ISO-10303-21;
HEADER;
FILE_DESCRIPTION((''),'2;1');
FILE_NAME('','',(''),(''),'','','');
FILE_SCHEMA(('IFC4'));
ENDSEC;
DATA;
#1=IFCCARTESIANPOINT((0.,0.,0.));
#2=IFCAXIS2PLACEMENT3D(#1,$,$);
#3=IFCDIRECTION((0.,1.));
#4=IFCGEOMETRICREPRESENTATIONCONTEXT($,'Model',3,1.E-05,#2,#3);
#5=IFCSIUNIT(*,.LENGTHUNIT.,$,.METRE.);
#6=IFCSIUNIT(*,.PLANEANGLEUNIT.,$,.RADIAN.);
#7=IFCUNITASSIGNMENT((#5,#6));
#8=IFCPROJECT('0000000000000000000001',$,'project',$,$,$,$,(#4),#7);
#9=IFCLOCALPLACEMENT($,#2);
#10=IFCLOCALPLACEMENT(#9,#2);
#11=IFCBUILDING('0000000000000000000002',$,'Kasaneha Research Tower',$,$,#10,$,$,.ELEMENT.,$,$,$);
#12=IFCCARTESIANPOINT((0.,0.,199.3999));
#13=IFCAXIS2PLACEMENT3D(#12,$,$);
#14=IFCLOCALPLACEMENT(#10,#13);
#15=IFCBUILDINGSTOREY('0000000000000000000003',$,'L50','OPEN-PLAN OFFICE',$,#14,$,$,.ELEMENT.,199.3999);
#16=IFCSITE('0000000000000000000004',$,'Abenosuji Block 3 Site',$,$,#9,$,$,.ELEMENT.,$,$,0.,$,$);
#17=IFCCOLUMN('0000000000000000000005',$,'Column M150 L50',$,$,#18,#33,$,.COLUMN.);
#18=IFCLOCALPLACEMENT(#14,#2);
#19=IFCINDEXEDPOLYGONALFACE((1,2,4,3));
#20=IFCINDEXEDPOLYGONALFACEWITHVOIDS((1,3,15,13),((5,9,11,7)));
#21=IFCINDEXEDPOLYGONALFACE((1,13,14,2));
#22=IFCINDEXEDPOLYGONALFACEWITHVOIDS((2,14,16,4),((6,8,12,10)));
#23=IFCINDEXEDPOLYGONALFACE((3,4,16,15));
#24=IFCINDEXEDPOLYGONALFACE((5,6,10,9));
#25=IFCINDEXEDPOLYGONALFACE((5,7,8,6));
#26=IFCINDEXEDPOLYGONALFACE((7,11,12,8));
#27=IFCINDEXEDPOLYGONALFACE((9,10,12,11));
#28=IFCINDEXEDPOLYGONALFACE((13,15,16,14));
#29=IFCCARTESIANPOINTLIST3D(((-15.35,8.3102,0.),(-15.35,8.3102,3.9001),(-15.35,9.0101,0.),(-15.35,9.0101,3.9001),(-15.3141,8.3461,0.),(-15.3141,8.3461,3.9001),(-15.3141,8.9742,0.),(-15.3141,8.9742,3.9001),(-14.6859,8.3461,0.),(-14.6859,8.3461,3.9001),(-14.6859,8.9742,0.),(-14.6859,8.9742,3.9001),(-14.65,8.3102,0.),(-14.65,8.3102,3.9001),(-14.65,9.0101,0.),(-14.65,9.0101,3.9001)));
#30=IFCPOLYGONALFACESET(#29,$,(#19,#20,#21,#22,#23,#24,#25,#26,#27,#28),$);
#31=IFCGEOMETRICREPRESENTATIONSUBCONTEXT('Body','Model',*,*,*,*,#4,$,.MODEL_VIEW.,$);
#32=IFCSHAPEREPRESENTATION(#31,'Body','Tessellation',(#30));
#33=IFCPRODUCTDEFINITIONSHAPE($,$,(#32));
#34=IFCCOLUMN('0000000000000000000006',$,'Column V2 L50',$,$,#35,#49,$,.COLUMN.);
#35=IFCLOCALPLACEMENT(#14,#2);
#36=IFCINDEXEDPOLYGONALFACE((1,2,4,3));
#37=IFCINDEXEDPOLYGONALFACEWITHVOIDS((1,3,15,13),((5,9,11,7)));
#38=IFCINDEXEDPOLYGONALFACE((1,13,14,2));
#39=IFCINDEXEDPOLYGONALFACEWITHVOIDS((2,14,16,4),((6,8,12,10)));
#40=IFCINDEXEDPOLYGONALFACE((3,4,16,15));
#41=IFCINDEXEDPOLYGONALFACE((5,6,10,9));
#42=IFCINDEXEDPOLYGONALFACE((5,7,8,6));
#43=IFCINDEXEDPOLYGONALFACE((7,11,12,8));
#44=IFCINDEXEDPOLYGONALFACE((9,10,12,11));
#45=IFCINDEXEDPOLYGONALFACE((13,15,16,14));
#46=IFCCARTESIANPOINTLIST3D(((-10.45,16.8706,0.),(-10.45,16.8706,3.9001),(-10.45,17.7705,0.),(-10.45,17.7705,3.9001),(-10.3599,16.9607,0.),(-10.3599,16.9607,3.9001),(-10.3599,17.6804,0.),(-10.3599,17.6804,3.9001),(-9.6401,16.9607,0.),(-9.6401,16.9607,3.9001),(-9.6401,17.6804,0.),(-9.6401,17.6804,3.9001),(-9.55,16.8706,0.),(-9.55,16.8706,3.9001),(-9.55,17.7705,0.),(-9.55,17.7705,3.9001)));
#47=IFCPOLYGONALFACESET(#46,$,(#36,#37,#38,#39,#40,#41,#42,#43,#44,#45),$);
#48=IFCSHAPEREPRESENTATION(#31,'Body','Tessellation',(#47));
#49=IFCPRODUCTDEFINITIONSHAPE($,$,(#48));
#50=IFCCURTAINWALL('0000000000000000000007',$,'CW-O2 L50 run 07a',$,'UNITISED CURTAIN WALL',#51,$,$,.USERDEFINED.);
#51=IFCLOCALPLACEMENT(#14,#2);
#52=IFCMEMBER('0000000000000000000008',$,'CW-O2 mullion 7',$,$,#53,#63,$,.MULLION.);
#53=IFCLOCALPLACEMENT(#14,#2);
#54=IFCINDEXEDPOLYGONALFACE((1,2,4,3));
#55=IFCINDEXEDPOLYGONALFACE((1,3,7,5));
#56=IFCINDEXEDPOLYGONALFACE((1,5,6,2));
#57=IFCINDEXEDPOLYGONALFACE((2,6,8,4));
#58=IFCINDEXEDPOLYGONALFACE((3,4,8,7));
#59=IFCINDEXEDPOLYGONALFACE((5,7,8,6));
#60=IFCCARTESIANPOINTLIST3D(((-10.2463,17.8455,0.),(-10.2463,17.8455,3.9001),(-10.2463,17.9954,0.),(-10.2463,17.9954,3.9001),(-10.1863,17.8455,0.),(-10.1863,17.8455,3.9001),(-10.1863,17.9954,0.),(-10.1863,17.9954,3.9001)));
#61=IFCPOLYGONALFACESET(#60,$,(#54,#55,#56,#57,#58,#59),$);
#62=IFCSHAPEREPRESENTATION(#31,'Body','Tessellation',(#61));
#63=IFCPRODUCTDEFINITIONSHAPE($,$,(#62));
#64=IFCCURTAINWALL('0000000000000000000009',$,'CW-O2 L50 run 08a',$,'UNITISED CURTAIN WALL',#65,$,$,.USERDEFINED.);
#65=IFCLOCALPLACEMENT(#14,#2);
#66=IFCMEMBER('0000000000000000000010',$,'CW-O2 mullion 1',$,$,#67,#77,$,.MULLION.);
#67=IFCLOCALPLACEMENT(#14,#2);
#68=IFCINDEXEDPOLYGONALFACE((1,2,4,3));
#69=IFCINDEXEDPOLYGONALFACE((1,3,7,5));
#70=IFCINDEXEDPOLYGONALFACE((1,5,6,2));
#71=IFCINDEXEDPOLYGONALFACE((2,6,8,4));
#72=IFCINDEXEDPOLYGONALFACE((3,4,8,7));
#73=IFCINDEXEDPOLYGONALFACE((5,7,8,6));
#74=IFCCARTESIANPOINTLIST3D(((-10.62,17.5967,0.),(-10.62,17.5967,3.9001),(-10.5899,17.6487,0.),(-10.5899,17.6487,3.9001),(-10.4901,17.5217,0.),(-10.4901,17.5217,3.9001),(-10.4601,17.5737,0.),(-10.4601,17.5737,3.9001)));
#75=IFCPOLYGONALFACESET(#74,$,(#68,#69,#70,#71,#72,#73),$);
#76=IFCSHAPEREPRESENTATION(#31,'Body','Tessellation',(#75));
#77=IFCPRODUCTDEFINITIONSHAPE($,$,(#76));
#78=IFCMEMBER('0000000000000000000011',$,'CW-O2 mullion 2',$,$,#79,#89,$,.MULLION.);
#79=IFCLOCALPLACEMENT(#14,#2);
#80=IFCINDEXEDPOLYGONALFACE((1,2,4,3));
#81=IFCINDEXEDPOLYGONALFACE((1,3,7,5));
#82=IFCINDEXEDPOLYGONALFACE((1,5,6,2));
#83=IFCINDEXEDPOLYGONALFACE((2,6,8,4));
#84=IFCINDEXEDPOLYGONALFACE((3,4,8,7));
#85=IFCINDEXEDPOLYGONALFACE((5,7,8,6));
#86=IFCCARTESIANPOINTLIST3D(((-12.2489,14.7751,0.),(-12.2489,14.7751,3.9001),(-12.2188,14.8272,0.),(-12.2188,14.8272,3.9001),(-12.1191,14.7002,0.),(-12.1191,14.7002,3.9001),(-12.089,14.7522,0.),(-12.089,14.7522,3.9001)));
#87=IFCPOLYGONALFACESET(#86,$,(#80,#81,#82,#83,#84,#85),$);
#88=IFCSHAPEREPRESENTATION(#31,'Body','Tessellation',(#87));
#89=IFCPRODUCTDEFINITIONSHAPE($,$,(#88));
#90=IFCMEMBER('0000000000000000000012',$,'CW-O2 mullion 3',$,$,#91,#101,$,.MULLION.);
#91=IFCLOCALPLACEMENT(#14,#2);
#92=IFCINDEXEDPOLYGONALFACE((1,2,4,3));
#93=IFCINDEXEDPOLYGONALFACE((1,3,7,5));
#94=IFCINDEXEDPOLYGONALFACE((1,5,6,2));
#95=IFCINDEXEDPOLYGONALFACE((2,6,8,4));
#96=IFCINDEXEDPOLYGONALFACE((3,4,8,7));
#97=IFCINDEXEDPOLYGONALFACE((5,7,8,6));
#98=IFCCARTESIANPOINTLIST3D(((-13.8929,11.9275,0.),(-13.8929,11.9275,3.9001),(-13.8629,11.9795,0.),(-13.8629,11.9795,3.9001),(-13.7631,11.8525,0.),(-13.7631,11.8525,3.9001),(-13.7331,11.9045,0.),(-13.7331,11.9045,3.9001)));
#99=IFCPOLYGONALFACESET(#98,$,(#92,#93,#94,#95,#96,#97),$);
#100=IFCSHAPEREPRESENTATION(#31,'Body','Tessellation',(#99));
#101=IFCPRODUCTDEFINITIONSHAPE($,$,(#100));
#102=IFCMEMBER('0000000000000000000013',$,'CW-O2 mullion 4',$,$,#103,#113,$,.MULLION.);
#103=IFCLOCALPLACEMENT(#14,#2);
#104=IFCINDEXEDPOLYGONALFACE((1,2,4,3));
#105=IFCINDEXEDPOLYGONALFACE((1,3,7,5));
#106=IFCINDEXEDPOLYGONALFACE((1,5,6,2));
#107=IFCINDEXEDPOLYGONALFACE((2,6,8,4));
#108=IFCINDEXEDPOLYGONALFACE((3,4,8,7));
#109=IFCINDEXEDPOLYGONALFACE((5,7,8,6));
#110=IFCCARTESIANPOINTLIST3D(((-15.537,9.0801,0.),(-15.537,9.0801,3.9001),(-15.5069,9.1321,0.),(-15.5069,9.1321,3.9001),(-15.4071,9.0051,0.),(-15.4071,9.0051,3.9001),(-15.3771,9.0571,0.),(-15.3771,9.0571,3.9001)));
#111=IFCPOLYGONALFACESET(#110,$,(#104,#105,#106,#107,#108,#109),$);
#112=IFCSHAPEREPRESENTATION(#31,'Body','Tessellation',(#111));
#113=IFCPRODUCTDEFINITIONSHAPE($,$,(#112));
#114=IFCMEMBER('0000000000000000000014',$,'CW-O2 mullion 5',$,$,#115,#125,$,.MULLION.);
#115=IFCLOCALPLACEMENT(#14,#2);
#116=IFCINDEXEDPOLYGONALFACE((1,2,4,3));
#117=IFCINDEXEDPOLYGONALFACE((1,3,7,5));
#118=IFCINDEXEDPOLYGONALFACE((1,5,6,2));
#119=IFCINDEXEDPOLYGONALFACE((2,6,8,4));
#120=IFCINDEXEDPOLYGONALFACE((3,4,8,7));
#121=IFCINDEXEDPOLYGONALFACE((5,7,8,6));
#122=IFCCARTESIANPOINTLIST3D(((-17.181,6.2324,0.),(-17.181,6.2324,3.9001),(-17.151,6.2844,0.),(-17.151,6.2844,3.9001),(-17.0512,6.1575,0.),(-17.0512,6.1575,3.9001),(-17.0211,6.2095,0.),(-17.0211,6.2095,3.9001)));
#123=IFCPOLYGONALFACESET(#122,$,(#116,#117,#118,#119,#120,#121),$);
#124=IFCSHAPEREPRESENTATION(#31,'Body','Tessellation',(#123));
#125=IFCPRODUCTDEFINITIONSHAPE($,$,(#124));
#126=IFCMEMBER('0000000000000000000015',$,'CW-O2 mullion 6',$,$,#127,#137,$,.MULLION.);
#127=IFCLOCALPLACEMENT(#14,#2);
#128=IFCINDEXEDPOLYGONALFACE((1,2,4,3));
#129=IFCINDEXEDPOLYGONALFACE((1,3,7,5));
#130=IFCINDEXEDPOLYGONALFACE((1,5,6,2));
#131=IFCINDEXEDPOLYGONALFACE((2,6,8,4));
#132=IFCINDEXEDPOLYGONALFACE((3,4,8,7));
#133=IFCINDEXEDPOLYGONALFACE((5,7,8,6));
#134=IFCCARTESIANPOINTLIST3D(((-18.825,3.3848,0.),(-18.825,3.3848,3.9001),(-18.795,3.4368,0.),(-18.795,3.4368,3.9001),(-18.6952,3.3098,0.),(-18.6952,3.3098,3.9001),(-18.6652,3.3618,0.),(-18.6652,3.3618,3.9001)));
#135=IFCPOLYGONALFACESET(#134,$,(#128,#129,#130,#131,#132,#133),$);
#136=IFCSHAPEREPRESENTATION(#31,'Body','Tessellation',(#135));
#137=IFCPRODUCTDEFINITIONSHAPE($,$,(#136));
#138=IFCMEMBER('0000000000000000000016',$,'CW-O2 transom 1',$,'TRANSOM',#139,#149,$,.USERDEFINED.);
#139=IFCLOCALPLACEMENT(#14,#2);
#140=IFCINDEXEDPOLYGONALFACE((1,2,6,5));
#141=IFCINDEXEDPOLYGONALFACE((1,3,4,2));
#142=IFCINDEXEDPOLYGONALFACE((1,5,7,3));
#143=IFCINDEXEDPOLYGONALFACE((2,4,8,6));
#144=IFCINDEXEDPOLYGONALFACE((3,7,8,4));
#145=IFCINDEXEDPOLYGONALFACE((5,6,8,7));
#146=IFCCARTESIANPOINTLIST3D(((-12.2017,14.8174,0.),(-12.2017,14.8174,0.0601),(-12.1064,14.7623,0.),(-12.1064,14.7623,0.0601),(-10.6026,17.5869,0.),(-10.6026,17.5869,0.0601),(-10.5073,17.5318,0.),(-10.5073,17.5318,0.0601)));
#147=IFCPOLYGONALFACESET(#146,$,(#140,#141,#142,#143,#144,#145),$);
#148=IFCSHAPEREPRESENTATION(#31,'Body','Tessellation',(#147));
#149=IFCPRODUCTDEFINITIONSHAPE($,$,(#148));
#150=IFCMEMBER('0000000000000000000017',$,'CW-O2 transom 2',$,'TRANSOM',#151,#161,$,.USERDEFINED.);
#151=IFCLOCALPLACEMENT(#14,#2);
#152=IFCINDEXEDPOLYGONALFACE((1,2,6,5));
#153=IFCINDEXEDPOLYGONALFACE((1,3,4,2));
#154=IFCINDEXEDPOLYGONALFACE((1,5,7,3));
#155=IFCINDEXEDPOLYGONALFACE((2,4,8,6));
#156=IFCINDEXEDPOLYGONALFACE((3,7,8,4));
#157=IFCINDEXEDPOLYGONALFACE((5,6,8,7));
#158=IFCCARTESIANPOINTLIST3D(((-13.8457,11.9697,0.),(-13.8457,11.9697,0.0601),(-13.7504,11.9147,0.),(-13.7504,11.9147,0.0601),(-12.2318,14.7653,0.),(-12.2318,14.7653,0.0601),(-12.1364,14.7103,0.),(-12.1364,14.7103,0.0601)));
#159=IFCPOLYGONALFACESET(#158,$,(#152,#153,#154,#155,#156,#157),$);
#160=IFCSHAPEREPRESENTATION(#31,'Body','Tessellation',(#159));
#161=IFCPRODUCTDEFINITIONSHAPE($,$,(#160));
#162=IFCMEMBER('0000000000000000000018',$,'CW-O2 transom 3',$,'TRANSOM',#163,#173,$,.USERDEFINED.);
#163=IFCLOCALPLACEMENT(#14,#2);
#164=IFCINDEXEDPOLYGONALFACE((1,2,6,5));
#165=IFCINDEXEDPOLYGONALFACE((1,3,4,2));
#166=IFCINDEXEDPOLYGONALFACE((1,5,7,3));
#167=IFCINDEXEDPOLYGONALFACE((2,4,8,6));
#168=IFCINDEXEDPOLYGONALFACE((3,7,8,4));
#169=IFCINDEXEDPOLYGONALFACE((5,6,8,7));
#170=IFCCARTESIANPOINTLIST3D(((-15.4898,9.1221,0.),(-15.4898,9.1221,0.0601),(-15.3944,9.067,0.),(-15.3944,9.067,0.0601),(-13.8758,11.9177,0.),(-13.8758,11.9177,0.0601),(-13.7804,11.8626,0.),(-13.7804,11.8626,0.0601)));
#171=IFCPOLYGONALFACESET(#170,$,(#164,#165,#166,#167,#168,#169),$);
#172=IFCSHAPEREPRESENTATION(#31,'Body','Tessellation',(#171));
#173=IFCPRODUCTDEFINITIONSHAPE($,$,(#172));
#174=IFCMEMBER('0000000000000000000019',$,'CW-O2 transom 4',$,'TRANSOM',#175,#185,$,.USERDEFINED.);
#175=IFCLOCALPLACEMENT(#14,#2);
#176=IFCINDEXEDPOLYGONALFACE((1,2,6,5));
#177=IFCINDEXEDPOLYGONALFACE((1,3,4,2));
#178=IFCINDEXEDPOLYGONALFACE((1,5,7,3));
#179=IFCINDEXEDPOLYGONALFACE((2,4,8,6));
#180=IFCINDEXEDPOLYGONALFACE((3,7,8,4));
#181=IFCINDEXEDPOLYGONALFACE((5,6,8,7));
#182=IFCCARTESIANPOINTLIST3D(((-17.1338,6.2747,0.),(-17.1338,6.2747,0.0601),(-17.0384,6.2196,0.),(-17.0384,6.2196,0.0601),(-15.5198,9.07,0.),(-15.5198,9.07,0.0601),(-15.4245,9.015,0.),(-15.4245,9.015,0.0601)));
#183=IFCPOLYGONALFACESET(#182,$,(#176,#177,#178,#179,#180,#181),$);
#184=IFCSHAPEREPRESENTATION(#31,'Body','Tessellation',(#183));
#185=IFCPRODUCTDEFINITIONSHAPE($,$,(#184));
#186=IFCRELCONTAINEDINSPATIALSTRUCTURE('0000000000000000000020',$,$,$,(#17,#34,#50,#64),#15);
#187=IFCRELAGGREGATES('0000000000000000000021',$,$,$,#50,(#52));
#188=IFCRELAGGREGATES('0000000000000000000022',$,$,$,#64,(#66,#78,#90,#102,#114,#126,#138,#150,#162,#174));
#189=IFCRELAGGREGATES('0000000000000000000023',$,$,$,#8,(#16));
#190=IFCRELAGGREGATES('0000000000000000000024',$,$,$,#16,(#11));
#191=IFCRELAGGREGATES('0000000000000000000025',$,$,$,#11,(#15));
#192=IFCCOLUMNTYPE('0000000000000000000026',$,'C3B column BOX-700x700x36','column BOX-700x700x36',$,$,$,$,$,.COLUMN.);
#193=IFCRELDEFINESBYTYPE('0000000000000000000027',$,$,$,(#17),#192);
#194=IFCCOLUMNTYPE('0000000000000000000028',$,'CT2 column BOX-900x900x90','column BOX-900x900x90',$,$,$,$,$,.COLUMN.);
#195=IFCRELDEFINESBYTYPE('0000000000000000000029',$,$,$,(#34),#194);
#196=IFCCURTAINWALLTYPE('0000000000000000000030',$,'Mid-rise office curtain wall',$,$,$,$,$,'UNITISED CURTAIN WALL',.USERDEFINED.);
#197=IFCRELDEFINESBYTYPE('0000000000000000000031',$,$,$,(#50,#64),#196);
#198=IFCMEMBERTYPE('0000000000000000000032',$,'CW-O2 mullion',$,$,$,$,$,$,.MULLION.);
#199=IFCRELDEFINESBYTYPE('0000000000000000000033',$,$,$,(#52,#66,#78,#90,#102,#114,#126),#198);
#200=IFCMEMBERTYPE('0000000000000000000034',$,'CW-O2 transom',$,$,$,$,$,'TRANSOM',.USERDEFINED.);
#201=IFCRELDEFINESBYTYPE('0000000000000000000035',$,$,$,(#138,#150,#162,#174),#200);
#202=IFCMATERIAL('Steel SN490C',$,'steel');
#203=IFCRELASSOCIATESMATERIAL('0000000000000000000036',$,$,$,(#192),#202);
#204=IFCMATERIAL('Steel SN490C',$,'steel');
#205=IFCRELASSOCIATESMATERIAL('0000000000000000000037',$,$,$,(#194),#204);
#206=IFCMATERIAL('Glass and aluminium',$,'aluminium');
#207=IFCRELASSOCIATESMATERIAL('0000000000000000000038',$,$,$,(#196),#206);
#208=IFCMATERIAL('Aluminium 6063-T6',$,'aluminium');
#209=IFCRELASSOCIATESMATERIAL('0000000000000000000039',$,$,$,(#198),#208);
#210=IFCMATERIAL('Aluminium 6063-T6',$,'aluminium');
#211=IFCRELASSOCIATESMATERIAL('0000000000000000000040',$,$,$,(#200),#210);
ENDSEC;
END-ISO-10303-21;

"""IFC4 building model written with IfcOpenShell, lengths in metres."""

from ifc_helpers import new_model, si_unit, direction, frame, origin, origin_2d, place, context, subcontext, project, spatial, rectangle, hollow_rectangle, extrude, material, material_profile, profile_set, type_object, element, aggregate, save


model = new_model("IFC4")

# Units and contexts
model_context = context("Model", 3, precision=1e-05, world=origin(), true_north=direction((0.0, 1.0)))
body_context = subcontext(model_context, "Body", "Model", "MODEL_VIEW")
ifc_project = project(units=[si_unit("LENGTHUNIT", "METRE"), si_unit("PLANEANGLEUNIT", "RADIAN")], contexts=[model_context])

# Site, building, storey
site_placement = place(None, origin())
site = spatial("IfcSite", under=ifc_project, at=site_placement, Name="Abenosuji Block 3 Site", CompositionType="ELEMENT", RefElevation=0.0)
building_placement = place(site_placement, origin())
building = spatial("IfcBuilding", under=site, at=building_placement, Name="Kasaneha Research Tower", CompositionType="ELEMENT")
storey_placement = place(building_placement, frame((0.0, 0.0, 199.3999)))
storey = spatial("IfcBuildingStorey", under=building, at=storey_placement, Name="L50", Description="OPEN-PLAN OFFICE", CompositionType="ELEMENT", Elevation=199.3999)

# Columns
ifc_material_1 = material(Name="Steel SN490C", Category="steel")
ifc_material_profile_1 = material_profile(ifc_material_1, hollow_rectangle(XDim=0.7, YDim=0.7, WallThickness=0.0359, at=origin_2d()), Name="BOX-700x700x36")
ifc_profile_set_1 = profile_set([ifc_material_profile_1], Name="Steel SN490C")
column_type_1 = type_object("IfcColumnType", Name="C3B column BOX-700x700x36", Description="column BOX-700x700x36", PredefinedType="COLUMN", material=ifc_profile_set_1)
column_1_placement = place(storey_placement, frame((-15.0, 8.6602, 0.0), z_axis=(0.0, 0.0, 1.0), x_axis=(1.0, 0.0, 0.0)))
element("IfcColumn", 1, at=column_1_placement, inside=storey, type_object=column_type_1, Name="Column M150 L50", PredefinedType="COLUMN", context=body_context, shape_type="SweptSolid", body=[
    extrude(hollow_rectangle(XDim=0.7, YDim=0.7, WallThickness=0.0359, at=origin_2d()), origin(), (0.0, 0.0, 1.0), 3.9001),
])
ifc_material_2 = material(Name="Steel SN490C", Category="steel")
ifc_material_profile_2 = material_profile(ifc_material_2, hollow_rectangle(XDim=0.8999, YDim=0.8999, WallThickness=0.0901, at=origin_2d()), Name="BOX-900x900x90")
ifc_profile_set_2 = profile_set([ifc_material_profile_2], Name="Steel SN490C")
column_type_2 = type_object("IfcColumnType", Name="CT2 column BOX-900x900x90", Description="column BOX-900x900x90", PredefinedType="COLUMN", material=ifc_profile_set_2)
column_2_placement = place(storey_placement, frame((-10.0, 17.3206, 0.0), z_axis=(0.0, 0.0, 1.0), x_axis=(1.0, 0.0, 0.0)))
element("IfcColumn", 2, at=column_2_placement, inside=storey, type_object=column_type_2, Name="Column V2 L50", PredefinedType="COLUMN", context=body_context, shape_type="SweptSolid", body=[
    extrude(hollow_rectangle(XDim=0.8999, YDim=0.8999, WallThickness=0.0901, at=origin_2d()), origin(), (0.0, 0.0, 1.0), 3.9001),
])

# Curtain wall, member
ifc_material_3 = material(Name="Glass and aluminium", Category="aluminium")
curtain_wall_type = type_object("IfcCurtainWallType", Name="Mid-rise office curtain wall", ElementType="UNITISED CURTAIN WALL", PredefinedType="USERDEFINED", material=ifc_material_3)
curtain_wall_1_placement = place(storey_placement, origin())
curtain_wall_1 = element("IfcCurtainWall", 3, at=curtain_wall_1_placement, inside=storey, type_object=curtain_wall_type, Name="CW-O2 L50 run 07a", ObjectType="UNITISED CURTAIN WALL", PredefinedType="USERDEFINED")
ifc_material_4 = material(Name="Aluminium 6063-T6", Category="aluminium")
ifc_material_profile_3 = material_profile(ifc_material_4, rectangle(XDim=0.0601, YDim=0.1499, at=origin_2d()), Name="CW-O2 mullion 60x150")
ifc_profile_set_3 = profile_set([ifc_material_profile_3], Name="Aluminium 6063-T6")
member_type_1 = type_object("IfcMemberType", Name="CW-O2 mullion", PredefinedType="MULLION", material=ifc_profile_set_3)
member_1_placement = place(storey_placement, frame((-10.2163, 17.9204, 0.0), z_axis=(0.0, 0.0, 1.0), x_axis=(-1.0, 0.0, 0.0)))
member_1 = element("IfcMember", 4, at=member_1_placement, type_object=member_type_1, Name="CW-O2 mullion 7", PredefinedType="MULLION", context=body_context, shape_type="SweptSolid", body=[
    extrude(rectangle(XDim=0.0601, YDim=0.1499, at=origin_2d()), origin(), (0.0, 0.0, 1.0), 3.9001),
])
aggregate(curtain_wall_1, [member_1])

# Curtain wall, members
curtain_wall_2_placement = place(storey_placement, origin())
curtain_wall_2 = element("IfcCurtainWall", 5, at=curtain_wall_2_placement, inside=storey, type_object=curtain_wall_type, Name="CW-O2 L50 run 08a", ObjectType="UNITISED CURTAIN WALL", PredefinedType="USERDEFINED")
member_2_placement = place(storey_placement, frame((-10.54, 17.5852, 0.0), z_axis=(0.0, 0.0, 1.0), x_axis=(-0.5, -0.866025, 0.0)))
member_2 = element("IfcMember", 6, at=member_2_placement, type_object=member_type_1, Name="CW-O2 mullion 1", PredefinedType="MULLION", context=body_context, shape_type="SweptSolid", body=[
    extrude(rectangle(XDim=0.0601, YDim=0.1499, at=origin_2d()), origin(), (0.0, 0.0, 1.0), 3.9001),
])
member_3_placement = place(storey_placement, frame((-12.1689, 14.7637, 0.0), z_axis=(0.0, 0.0, 1.0), x_axis=(-0.5, -0.866025, 0.0)))
member_3 = element("IfcMember", 7, at=member_3_placement, type_object=member_type_1, Name="CW-O2 mullion 2", PredefinedType="MULLION", context=body_context, shape_type="SweptSolid", body=[
    extrude(rectangle(XDim=0.0601, YDim=0.1499, at=origin_2d()), origin(), (0.0, 0.0, 1.0), 3.9001),
])
member_4_placement = place(storey_placement, frame((-13.813, 11.916, 0.0), z_axis=(0.0, 0.0, 1.0), x_axis=(-0.5, -0.866025, 0.0)))
member_4 = element("IfcMember", 8, at=member_4_placement, type_object=member_type_1, Name="CW-O2 mullion 3", PredefinedType="MULLION", context=body_context, shape_type="SweptSolid", body=[
    extrude(rectangle(XDim=0.0601, YDim=0.1499, at=origin_2d()), origin(), (0.0, 0.0, 1.0), 3.9001),
])
member_5_placement = place(storey_placement, frame((-15.457, 9.0686, 0.0), z_axis=(0.0, 0.0, 1.0), x_axis=(-0.5, -0.866025, 0.0)))
member_5 = element("IfcMember", 9, at=member_5_placement, type_object=member_type_1, Name="CW-O2 mullion 4", PredefinedType="MULLION", context=body_context, shape_type="SweptSolid", body=[
    extrude(rectangle(XDim=0.0601, YDim=0.1499, at=origin_2d()), origin(), (0.0, 0.0, 1.0), 3.9001),
])
member_6_placement = place(storey_placement, frame((-17.1011, 6.2209, 0.0), z_axis=(0.0, 0.0, 1.0), x_axis=(-0.5, -0.866025, 0.0)))
member_6 = element("IfcMember", 10, at=member_6_placement, type_object=member_type_1, Name="CW-O2 mullion 5", PredefinedType="MULLION", context=body_context, shape_type="SweptSolid", body=[
    extrude(rectangle(XDim=0.0601, YDim=0.1499, at=origin_2d()), origin(), (0.0, 0.0, 1.0), 3.9001),
])
member_7_placement = place(storey_placement, frame((-18.7451, 3.3733, 0.0), z_axis=(0.0, 0.0, 1.0), x_axis=(-0.5, -0.866025, 0.0)))
member_7 = element("IfcMember", 11, at=member_7_placement, type_object=member_type_1, Name="CW-O2 mullion 6", PredefinedType="MULLION", context=body_context, shape_type="SweptSolid", body=[
    extrude(rectangle(XDim=0.0601, YDim=0.1499, at=origin_2d()), origin(), (0.0, 0.0, 1.0), 3.9001),
])
ifc_material_5 = material(Name="Aluminium 6063-T6", Category="aluminium")
ifc_material_profile_4 = material_profile(ifc_material_5, rectangle(XDim=0.1101, YDim=0.0601, at=origin_2d()), Name="CW-O2 transom 110x60")
ifc_profile_set_4 = profile_set([ifc_material_profile_4], Name="Aluminium 6063-T6")
member_type_2 = type_object("IfcMemberType", Name="CW-O2 transom", ElementType="TRANSOM", PredefinedType="USERDEFINED", material=ifc_profile_set_4)
member_8_placement = place(storey_placement, frame((-10.5549, 17.5593, 0.03), z_axis=(-0.500031, -0.866008, 0.0), x_axis=(0.866008, -0.500031, 0.0)))
member_8 = element("IfcMember", 12, at=member_8_placement, type_object=member_type_2, Name="CW-O2 transom 1", ObjectType="TRANSOM", PredefinedType="USERDEFINED", context=body_context, shape_type="SweptSolid", body=[
    extrude(rectangle(XDim=0.1101, YDim=0.0601, at=origin_2d()), origin(), (0.0, 0.0, 1.0), 3.198),
])
member_9_placement = place(storey_placement, frame((-12.1841, 14.7378, 0.03), z_axis=(-0.499987, -0.866033, 0.0), x_axis=(0.866033, -0.499987, 0.0)))
member_9 = element("IfcMember", 13, at=member_9_placement, type_object=member_type_2, Name="CW-O2 transom 2", ObjectType="TRANSOM", PredefinedType="USERDEFINED", context=body_context, shape_type="SweptSolid", body=[
    extrude(rectangle(XDim=0.1101, YDim=0.0601, at=origin_2d()), origin(), (0.0, 0.0, 1.0), 3.228),
])
member_10_placement = place(storey_placement, frame((-13.8281, 11.8901, 0.03), z_axis=(-0.499987, -0.866033, 0.0), x_axis=(0.866033, -0.499987, 0.0)))
member_10 = element("IfcMember", 14, at=member_10_placement, type_object=member_type_2, Name="CW-O2 transom 3", ObjectType="TRANSOM", PredefinedType="USERDEFINED", context=body_context, shape_type="SweptSolid", body=[
    extrude(rectangle(XDim=0.1101, YDim=0.0601, at=origin_2d()), origin(), (0.0, 0.0, 1.0), 3.228),
])
member_11_placement = place(storey_placement, frame((-15.4722, 9.0425, 0.03), z_axis=(-0.500019, -0.866014, 0.0), x_axis=(0.866014, -0.500019, 0.0)))
member_11 = element("IfcMember", 15, at=member_11_placement, type_object=member_type_2, Name="CW-O2 transom 4", ObjectType="TRANSOM", PredefinedType="USERDEFINED", context=body_context, shape_type="SweptSolid", body=[
    extrude(rectangle(XDim=0.1101, YDim=0.0601, at=origin_2d()), origin(), (0.0, 0.0, 1.0), 3.2278),
])

aggregate(curtain_wall_2, [member_2, member_3, member_4, member_5, member_6, member_7, member_8, member_9, member_10, member_11])

save(model, "model.ifc")
